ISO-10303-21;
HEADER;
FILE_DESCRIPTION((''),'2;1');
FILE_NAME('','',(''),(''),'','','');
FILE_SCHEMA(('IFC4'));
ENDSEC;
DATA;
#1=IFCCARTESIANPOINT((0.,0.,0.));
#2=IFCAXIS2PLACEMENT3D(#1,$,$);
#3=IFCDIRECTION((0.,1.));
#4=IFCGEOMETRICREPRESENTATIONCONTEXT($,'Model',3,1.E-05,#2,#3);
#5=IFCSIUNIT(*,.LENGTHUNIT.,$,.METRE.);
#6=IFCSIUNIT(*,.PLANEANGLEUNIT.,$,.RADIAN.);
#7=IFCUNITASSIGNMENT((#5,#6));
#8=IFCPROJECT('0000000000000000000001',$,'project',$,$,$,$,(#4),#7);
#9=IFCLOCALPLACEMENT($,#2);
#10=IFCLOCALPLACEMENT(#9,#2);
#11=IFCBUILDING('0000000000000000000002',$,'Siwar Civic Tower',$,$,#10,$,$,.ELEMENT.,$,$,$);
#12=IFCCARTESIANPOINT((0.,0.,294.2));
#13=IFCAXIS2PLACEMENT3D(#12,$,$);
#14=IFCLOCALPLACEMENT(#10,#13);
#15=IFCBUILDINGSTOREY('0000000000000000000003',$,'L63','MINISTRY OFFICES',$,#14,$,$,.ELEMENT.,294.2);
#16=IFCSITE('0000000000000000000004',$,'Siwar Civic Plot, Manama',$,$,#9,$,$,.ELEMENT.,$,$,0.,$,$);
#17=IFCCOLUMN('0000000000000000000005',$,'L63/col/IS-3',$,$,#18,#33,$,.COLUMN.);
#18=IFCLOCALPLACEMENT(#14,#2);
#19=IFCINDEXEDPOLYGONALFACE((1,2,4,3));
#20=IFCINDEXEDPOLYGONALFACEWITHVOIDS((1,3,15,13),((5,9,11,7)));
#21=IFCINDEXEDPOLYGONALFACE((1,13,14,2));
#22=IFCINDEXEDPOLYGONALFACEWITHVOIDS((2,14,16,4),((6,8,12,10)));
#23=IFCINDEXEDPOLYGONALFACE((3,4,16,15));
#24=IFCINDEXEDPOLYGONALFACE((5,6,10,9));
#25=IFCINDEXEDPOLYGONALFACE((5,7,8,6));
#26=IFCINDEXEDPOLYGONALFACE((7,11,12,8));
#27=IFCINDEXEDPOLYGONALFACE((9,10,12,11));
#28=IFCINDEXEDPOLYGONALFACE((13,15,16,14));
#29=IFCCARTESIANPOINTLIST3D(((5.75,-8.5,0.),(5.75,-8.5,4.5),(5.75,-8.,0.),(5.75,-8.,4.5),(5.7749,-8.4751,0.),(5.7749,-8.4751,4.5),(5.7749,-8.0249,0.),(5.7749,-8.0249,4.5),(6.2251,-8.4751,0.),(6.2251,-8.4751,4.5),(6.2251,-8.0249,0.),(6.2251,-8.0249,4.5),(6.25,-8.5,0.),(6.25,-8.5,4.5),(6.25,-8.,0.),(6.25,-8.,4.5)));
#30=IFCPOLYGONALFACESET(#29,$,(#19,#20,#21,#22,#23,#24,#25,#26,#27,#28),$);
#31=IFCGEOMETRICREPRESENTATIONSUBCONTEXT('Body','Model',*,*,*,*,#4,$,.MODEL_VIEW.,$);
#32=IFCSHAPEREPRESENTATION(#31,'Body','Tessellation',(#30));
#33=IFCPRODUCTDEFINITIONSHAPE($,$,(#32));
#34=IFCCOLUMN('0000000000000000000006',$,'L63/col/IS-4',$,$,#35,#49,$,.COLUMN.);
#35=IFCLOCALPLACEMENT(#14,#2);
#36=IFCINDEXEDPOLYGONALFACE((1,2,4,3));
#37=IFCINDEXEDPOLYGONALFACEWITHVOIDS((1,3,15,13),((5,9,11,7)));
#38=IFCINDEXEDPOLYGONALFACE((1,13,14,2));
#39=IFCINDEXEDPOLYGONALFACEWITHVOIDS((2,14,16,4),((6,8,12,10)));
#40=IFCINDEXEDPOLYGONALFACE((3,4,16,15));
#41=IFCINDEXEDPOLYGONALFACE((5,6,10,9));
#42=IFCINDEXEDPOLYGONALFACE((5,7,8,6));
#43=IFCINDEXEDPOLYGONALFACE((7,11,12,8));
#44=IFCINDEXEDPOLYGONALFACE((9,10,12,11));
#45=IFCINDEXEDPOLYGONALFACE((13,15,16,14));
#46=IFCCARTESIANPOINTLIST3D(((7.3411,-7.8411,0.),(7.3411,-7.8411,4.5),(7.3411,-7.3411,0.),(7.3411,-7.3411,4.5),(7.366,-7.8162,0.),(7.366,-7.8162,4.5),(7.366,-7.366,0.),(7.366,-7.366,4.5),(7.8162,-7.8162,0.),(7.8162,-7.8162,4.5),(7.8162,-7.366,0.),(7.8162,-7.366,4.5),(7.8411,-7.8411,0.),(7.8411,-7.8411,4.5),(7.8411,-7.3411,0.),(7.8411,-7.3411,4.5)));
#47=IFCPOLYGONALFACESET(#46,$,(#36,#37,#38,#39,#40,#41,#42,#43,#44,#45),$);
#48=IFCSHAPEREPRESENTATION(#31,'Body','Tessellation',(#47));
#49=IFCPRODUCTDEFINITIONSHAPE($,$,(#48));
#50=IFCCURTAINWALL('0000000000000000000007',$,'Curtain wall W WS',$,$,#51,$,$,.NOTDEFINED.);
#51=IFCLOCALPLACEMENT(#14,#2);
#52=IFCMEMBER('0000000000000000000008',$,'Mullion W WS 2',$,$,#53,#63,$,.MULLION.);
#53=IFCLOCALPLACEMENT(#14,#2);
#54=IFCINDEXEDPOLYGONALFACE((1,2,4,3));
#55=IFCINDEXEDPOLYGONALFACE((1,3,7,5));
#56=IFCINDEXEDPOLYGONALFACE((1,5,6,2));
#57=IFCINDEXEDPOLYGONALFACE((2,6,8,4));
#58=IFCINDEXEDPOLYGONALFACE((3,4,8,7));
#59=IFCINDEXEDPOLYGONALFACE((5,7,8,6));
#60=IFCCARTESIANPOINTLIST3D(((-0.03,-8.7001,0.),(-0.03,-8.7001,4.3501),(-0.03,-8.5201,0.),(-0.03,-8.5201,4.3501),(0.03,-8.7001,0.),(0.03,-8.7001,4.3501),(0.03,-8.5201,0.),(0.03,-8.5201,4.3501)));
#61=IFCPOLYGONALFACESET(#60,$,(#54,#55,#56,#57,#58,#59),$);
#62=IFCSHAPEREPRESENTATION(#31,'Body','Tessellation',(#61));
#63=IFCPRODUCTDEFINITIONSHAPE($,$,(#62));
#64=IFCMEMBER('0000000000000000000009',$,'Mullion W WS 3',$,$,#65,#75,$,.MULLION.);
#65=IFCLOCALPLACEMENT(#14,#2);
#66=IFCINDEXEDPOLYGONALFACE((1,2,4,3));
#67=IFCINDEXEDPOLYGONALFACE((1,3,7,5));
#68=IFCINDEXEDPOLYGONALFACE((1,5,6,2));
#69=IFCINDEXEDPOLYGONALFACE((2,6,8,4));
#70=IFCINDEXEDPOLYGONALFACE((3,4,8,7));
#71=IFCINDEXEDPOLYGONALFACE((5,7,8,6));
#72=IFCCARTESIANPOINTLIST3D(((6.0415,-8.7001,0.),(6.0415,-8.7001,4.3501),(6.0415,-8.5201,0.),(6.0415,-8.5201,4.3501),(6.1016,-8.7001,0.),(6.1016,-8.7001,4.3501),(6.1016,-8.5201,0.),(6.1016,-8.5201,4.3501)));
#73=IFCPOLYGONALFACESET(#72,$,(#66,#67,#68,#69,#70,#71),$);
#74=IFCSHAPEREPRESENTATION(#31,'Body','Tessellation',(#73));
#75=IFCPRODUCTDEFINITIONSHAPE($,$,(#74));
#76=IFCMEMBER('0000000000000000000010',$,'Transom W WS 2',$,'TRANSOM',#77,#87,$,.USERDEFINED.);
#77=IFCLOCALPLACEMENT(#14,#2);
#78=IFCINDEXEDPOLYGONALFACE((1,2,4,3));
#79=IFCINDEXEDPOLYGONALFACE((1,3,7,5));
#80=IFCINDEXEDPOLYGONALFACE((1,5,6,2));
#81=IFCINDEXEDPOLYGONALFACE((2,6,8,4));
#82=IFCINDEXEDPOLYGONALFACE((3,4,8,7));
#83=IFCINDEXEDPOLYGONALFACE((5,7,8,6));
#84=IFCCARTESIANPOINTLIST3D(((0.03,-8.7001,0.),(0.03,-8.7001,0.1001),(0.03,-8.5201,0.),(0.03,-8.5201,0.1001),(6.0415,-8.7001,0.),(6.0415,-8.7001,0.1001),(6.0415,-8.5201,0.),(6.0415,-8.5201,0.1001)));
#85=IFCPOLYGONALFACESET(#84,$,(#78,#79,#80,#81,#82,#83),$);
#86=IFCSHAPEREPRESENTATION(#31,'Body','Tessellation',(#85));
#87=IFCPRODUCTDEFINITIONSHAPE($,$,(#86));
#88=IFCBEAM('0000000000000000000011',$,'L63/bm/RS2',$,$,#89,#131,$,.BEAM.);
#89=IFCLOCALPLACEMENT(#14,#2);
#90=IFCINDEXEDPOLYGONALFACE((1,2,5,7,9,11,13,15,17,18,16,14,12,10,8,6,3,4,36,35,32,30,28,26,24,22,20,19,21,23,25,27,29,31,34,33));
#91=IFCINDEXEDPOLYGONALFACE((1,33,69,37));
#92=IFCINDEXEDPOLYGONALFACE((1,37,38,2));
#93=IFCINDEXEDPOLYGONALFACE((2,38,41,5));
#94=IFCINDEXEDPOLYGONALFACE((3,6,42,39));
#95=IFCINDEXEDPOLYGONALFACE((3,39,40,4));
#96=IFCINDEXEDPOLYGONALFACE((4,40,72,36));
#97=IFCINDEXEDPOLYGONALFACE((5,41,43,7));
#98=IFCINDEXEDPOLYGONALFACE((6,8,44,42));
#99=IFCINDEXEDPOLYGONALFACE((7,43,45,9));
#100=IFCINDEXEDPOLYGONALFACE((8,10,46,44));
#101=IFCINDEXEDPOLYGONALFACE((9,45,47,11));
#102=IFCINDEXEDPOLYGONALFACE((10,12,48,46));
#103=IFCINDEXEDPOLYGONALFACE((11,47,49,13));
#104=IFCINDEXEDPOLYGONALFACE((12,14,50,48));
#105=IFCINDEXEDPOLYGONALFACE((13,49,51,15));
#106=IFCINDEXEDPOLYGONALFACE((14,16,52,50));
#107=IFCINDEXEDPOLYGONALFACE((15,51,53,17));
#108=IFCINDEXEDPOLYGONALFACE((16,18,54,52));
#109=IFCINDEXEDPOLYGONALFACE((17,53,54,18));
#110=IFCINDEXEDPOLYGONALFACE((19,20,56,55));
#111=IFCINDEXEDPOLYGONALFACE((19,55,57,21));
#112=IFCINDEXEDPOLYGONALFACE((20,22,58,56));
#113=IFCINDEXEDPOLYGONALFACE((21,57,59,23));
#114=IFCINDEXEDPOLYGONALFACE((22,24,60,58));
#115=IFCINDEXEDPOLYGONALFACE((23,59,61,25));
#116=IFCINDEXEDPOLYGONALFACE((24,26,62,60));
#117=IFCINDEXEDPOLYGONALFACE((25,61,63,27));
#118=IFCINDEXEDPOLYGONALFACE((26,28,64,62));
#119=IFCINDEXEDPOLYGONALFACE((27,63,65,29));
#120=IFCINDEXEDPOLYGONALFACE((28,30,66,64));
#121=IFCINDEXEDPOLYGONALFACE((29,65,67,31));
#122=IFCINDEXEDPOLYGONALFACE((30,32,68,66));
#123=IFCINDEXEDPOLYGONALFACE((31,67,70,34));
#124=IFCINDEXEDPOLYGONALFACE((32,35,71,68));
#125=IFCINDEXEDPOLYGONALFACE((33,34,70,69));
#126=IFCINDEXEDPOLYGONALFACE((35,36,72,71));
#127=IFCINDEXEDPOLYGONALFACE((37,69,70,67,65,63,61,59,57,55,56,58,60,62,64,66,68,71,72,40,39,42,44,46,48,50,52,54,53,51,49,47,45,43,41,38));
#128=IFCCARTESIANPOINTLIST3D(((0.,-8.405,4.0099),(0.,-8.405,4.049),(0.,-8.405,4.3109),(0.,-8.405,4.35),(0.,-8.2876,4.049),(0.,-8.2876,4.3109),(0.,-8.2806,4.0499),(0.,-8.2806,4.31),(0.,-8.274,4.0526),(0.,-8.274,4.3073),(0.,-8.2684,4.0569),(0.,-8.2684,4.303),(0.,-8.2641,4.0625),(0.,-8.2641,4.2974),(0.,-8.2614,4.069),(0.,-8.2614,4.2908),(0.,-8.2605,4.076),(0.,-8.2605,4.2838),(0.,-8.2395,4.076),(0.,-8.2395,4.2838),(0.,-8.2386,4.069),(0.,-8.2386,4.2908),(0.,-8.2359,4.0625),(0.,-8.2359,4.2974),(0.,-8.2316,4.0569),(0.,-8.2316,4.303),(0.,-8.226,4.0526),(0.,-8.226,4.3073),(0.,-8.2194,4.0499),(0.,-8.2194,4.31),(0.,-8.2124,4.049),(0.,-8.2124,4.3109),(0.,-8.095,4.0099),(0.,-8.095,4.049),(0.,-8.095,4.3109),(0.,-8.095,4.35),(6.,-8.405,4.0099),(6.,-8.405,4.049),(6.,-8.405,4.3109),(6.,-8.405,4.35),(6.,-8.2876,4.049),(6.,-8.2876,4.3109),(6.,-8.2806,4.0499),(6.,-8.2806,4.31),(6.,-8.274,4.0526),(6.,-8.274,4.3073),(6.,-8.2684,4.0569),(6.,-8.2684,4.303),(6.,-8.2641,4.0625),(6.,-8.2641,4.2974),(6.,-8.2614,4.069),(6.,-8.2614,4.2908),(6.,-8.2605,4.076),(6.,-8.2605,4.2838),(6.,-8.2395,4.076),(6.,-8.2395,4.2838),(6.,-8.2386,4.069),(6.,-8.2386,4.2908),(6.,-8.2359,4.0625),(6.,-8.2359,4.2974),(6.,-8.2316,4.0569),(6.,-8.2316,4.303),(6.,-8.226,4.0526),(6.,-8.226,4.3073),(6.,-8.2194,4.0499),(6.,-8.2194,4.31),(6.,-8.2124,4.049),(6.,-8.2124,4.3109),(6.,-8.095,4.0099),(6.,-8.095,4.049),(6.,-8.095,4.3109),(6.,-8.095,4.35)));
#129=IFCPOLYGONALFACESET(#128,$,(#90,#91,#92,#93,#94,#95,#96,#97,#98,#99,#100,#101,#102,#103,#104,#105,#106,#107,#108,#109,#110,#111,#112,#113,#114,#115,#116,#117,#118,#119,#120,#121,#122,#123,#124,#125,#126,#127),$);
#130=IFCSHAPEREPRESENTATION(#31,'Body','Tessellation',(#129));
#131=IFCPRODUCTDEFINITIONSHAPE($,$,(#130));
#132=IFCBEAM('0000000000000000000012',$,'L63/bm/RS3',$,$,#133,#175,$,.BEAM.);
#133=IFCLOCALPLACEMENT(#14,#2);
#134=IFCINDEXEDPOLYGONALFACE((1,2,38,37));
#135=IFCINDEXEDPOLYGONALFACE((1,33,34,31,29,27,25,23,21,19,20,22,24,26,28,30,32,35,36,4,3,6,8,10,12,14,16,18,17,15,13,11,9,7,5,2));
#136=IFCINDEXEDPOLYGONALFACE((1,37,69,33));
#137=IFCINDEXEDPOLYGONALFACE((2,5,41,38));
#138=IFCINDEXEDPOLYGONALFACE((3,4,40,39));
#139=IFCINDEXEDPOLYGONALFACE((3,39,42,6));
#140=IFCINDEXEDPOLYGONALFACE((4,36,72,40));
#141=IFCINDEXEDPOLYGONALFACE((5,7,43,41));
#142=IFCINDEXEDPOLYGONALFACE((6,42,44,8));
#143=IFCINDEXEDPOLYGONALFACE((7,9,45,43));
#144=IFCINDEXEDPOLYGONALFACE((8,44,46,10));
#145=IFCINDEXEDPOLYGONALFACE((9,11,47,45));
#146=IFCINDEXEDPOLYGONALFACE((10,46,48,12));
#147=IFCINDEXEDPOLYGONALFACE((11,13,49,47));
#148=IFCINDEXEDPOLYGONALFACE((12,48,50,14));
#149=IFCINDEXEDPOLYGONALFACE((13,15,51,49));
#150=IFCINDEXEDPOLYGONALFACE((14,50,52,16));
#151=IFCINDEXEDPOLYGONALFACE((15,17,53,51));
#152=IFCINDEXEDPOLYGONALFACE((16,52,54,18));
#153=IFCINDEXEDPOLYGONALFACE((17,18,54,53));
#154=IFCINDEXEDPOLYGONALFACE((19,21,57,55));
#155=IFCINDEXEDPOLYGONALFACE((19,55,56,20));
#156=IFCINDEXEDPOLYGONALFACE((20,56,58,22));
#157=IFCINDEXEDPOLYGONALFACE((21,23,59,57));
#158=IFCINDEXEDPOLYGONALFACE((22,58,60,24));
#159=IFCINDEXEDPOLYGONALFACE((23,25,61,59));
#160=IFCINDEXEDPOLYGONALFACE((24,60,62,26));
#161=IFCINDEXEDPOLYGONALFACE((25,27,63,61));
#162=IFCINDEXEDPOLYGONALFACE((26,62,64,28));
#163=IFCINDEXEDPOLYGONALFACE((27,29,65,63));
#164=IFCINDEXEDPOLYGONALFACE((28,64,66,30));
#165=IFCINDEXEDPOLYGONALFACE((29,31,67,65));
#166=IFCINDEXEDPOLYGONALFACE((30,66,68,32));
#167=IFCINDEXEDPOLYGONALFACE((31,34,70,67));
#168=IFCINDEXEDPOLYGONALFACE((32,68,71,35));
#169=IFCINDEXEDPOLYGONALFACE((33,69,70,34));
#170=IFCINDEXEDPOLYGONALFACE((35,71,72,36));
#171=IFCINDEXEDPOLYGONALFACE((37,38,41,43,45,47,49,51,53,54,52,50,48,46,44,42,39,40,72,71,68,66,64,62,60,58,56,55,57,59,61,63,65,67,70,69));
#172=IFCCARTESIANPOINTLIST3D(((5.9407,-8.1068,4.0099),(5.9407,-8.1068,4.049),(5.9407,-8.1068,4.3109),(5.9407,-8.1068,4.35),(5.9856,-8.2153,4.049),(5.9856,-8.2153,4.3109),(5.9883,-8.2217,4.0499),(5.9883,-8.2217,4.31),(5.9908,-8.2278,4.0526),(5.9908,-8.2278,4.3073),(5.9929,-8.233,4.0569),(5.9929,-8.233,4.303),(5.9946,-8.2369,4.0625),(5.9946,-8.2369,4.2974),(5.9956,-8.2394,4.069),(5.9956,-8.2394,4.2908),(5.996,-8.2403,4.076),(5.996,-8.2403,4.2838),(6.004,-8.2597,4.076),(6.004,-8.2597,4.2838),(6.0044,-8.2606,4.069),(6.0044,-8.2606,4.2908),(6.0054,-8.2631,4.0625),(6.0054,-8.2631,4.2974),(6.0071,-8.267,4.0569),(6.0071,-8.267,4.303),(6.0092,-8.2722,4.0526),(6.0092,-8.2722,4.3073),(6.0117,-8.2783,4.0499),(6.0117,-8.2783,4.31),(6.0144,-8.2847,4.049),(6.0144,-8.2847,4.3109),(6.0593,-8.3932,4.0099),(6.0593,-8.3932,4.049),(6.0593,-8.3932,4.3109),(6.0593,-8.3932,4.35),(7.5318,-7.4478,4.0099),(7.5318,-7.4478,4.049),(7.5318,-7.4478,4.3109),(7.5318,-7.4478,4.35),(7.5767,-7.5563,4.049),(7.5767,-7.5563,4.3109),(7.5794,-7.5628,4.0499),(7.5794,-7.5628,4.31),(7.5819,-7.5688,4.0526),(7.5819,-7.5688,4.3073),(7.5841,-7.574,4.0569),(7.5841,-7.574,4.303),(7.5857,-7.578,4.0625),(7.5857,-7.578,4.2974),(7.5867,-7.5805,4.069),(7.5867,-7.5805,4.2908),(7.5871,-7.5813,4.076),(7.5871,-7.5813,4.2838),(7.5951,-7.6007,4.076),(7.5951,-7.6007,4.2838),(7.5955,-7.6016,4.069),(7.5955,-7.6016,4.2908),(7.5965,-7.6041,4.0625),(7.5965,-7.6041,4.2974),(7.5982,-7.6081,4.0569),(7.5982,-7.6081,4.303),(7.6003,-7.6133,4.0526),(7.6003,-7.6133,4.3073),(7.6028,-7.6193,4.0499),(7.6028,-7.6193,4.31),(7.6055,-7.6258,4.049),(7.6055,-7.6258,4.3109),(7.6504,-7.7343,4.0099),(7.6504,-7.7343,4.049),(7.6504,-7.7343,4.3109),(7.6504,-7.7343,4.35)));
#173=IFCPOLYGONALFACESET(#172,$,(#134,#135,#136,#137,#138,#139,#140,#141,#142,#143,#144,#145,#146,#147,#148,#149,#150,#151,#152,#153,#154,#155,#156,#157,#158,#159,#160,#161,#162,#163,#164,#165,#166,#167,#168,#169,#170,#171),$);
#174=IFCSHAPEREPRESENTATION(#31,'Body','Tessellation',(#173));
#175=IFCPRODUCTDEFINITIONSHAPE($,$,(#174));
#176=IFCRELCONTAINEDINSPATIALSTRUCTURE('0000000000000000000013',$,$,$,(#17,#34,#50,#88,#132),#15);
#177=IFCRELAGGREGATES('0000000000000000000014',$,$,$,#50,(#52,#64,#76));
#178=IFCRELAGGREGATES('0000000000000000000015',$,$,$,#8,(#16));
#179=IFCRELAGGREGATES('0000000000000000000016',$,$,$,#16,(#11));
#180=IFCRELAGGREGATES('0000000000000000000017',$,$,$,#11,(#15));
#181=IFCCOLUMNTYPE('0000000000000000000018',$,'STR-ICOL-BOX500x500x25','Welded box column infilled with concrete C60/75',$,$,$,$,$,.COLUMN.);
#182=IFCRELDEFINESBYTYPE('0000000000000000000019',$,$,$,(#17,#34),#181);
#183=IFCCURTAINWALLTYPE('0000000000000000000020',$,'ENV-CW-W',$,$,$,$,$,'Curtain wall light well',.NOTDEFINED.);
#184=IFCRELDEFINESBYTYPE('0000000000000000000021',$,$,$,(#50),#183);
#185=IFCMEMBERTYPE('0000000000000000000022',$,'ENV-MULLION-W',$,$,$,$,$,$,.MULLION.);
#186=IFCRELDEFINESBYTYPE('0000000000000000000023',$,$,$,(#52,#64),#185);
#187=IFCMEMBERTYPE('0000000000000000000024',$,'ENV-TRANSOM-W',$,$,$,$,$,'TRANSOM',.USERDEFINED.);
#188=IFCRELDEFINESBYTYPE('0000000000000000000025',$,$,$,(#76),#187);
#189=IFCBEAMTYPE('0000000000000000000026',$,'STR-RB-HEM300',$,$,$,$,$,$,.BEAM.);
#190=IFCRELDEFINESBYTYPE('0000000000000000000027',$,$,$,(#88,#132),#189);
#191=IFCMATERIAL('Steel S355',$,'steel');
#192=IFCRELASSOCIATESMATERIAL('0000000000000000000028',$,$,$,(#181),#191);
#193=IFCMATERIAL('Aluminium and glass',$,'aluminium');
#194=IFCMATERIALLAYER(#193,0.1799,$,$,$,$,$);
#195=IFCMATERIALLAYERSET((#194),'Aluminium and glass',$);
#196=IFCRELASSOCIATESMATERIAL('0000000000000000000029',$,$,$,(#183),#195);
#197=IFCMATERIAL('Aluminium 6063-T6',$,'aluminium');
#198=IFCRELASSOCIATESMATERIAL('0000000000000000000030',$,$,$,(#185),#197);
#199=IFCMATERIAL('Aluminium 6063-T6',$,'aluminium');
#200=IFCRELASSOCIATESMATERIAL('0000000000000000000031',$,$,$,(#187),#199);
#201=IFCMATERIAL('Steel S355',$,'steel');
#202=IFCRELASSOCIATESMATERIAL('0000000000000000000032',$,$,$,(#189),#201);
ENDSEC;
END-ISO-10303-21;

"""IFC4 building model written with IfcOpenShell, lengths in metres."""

from ifc_helpers import new_model, si_unit, direction, frame, origin, origin_2d, place, context, subcontext, project, spatial, rectangle, hollow_rectangle, i_section, extrude, material, layer, layer_set, material_profile, profile_set, type_object, element, aggregate, save


model = new_model("IFC4")

# Units and contexts
model_context = context("Model", 3, precision=1e-05, world=origin(), true_north=direction((0.0, 1.0)))
body_context = subcontext(model_context, "Body", "Model", "MODEL_VIEW")
ifc_project = project(units=[si_unit("LENGTHUNIT", "METRE"), si_unit("PLANEANGLEUNIT", "RADIAN")], contexts=[model_context])

# Site, building, storey
site_placement = place(None, origin())
site = spatial("IfcSite", under=ifc_project, at=site_placement, Name="Siwar Civic Plot, Manama", CompositionType="ELEMENT", RefElevation=0.0)
building_placement = place(site_placement, origin())
building = spatial("IfcBuilding", under=site, at=building_placement, Name="Siwar Civic Tower", CompositionType="ELEMENT")
storey_placement = place(building_placement, frame((0.0, 0.0, 294.2)))
storey = spatial("IfcBuildingStorey", under=building, at=storey_placement, Name="L63", Description="MINISTRY OFFICES", CompositionType="ELEMENT", Elevation=294.2)

# Columns
ifc_material_1 = material(Name="Steel S355", Category="steel")
ifc_material_profile_1 = material_profile(ifc_material_1, hollow_rectangle(XDim=0.5, YDim=0.5, WallThickness=0.0249, at=origin_2d()), Name="BOX500x500x25")
ifc_profile_set_1 = profile_set([ifc_material_profile_1], Name="Steel S355")
column_type = type_object("IfcColumnType", Name="STR-ICOL-BOX500x500x25", Description="Welded box column infilled with concrete C60/75", PredefinedType="COLUMN", material=ifc_profile_set_1)
for number, where, z_axis, x_axis, name in (
    (1, (6.0, -8.25, 0.0), (0.0, 0.0, 1.0), (1.0, 0.0, 0.0), "L63/col/IS-3"),
    (2, (7.5911, -7.5911, 0.0), (0.0, 0.0, 1.0), (1.0, 0.0, 0.0), "L63/col/IS-4"),
):
    element("IfcColumn", number, at=place(storey_placement, frame(where, z_axis=z_axis, x_axis=x_axis)), inside=storey, type_object=column_type, Name=name, PredefinedType="COLUMN", context=body_context, shape_type="SweptSolid", body=[
        extrude(hollow_rectangle(XDim=0.5, YDim=0.5, WallThickness=0.0249, at=origin_2d()), origin(), (0.0, 0.0, 1.0), 4.5),
    ])

# Curtain wall, members
ifc_material_2 = material(Name="Aluminium and glass", Category="aluminium")
ifc_layer_1 = layer(ifc_material_2, 0.1799)
ifc_layer_set_1 = layer_set([ifc_layer_1], Name="Aluminium and glass")
curtain_wall_type = type_object("IfcCurtainWallType", Name="ENV-CW-W", ElementType="Curtain wall light well", PredefinedType="NOTDEFINED", material=ifc_layer_set_1)
curtain_wall_placement = place(storey_placement, origin())
curtain_wall = element("IfcCurtainWall", 3, at=curtain_wall_placement, inside=storey, type_object=curtain_wall_type, Name="Curtain wall W WS", PredefinedType="NOTDEFINED")
ifc_material_3 = material(Name="Aluminium 6063-T6", Category="aluminium")
ifc_material_profile_2 = material_profile(ifc_material_3, rectangle(XDim=0.1799, YDim=0.0601, at=origin_2d()), Name="AL 180x60")
ifc_profile_set_2 = profile_set([ifc_material_profile_2], Name="Aluminium 6063-T6")
member_type_1 = type_object("IfcMemberType", Name="ENV-MULLION-W", PredefinedType="MULLION", material=ifc_profile_set_2)
member_1_placement = place(storey_placement, frame((0.0, -8.6101, 0.0), z_axis=(0.0, 0.0, 1.0), x_axis=(0.0, 1.0, 0.0)))
member_1 = element("IfcMember", 4, at=member_1_placement, type_object=member_type_1, Name="Mullion W WS 2", PredefinedType="MULLION", context=body_context, shape_type="SweptSolid", body=[
    extrude(rectangle(XDim=0.1799, YDim=0.0601, at=origin_2d()), origin(), (0.0, 0.0, 1.0), 4.3501),
])
member_2_placement = place(storey_placement, frame((6.0715, -8.6101, 0.0), z_axis=(0.0, 0.0, 1.0), x_axis=(0.0, 1.0, 0.0)))
member_2 = element("IfcMember", 5, at=member_2_placement, type_object=member_type_1, Name="Mullion W WS 3", PredefinedType="MULLION", context=body_context, shape_type="SweptSolid", body=[
    extrude(rectangle(XDim=0.1799, YDim=0.0601, at=origin_2d()), origin(), (0.0, 0.0, 1.0), 4.3501),
])
ifc_material_4 = material(Name="Aluminium 6063-T6", Category="aluminium")
ifc_material_profile_3 = material_profile(ifc_material_4, rectangle(XDim=0.1799, YDim=0.1001, at=origin_2d()), Name="AL 180x100")
ifc_profile_set_3 = profile_set([ifc_material_profile_3], Name="Aluminium 6063-T6")
member_type_2 = type_object("IfcMemberType", Name="ENV-TRANSOM-W", ElementType="TRANSOM", PredefinedType="USERDEFINED", material=ifc_profile_set_3)
member_3_placement = place(storey_placement, frame((0.03, -8.6101, 0.05), z_axis=(1.0, 0.0, 0.0), x_axis=(0.0, 1.0, 0.0)))
member_3 = element("IfcMember", 6, at=member_3_placement, type_object=member_type_2, Name="Transom W WS 2", ObjectType="TRANSOM", PredefinedType="USERDEFINED", context=body_context, shape_type="SweptSolid", body=[
    extrude(rectangle(XDim=0.1799, YDim=0.1001, at=origin_2d()), origin(), (0.0, 0.0, 1.0), 6.0115),
])

# Beams
ifc_material_5 = material(Name="Steel S355", Category="steel")
ifc_material_profile_4 = material_profile(ifc_material_5, i_section(OverallWidth=0.3101, OverallDepth=0.3401, WebThickness=0.021, FlangeThickness=0.0391, FilletRadius=0.0271, at=origin_2d()), Name="HEM300")
ifc_profile_set_4 = profile_set([ifc_material_profile_4], Name="Steel S355")
beam_type = type_object("IfcBeamType", Name="STR-RB-HEM300", PredefinedType="BEAM", material=ifc_profile_set_4)
beam_placement = place(storey_placement, frame((0.0, -8.25, 4.1799), z_axis=(1.0, 0.0, 0.0), x_axis=(0.0, 1.0, 0.0)))
element("IfcBeam", 7, at=beam_placement, inside=storey, type_object=beam_type, Name="L63/bm/RS2", PredefinedType="BEAM", context=body_context, shape_type="SweptSolid", body=[
    extrude(i_section(OverallWidth=0.3101, OverallDepth=0.3401, WebThickness=0.021, FlangeThickness=0.0391, FilletRadius=0.0271, at=origin_2d()), origin(), (0.0, 0.0, 1.0), 6.0),
])
for number, where, z_axis, x_axis, name in (
    (8, (6.0, -8.25, 4.1799), (0.923901, 0.382631, 0.0), (-0.382631, 0.923901, 0.0), "L63/bm/RS3"),
):
    element("IfcBeam", number, at=place(storey_placement, frame(where, z_axis=z_axis, x_axis=x_axis)), inside=storey, type_object=beam_type, Name=name, PredefinedType="BEAM", context=body_context, shape_type="SweptSolid", body=[
        extrude(i_section(OverallWidth=0.3101, OverallDepth=0.3401, WebThickness=0.021, FlangeThickness=0.0391, FilletRadius=0.0271, at=origin_2d()), origin(), (0.0, 0.0, 1.0), 1.7222),
    ])

aggregate(curtain_wall, [member_1, member_2, member_3])

save(model, "model.ifc")
